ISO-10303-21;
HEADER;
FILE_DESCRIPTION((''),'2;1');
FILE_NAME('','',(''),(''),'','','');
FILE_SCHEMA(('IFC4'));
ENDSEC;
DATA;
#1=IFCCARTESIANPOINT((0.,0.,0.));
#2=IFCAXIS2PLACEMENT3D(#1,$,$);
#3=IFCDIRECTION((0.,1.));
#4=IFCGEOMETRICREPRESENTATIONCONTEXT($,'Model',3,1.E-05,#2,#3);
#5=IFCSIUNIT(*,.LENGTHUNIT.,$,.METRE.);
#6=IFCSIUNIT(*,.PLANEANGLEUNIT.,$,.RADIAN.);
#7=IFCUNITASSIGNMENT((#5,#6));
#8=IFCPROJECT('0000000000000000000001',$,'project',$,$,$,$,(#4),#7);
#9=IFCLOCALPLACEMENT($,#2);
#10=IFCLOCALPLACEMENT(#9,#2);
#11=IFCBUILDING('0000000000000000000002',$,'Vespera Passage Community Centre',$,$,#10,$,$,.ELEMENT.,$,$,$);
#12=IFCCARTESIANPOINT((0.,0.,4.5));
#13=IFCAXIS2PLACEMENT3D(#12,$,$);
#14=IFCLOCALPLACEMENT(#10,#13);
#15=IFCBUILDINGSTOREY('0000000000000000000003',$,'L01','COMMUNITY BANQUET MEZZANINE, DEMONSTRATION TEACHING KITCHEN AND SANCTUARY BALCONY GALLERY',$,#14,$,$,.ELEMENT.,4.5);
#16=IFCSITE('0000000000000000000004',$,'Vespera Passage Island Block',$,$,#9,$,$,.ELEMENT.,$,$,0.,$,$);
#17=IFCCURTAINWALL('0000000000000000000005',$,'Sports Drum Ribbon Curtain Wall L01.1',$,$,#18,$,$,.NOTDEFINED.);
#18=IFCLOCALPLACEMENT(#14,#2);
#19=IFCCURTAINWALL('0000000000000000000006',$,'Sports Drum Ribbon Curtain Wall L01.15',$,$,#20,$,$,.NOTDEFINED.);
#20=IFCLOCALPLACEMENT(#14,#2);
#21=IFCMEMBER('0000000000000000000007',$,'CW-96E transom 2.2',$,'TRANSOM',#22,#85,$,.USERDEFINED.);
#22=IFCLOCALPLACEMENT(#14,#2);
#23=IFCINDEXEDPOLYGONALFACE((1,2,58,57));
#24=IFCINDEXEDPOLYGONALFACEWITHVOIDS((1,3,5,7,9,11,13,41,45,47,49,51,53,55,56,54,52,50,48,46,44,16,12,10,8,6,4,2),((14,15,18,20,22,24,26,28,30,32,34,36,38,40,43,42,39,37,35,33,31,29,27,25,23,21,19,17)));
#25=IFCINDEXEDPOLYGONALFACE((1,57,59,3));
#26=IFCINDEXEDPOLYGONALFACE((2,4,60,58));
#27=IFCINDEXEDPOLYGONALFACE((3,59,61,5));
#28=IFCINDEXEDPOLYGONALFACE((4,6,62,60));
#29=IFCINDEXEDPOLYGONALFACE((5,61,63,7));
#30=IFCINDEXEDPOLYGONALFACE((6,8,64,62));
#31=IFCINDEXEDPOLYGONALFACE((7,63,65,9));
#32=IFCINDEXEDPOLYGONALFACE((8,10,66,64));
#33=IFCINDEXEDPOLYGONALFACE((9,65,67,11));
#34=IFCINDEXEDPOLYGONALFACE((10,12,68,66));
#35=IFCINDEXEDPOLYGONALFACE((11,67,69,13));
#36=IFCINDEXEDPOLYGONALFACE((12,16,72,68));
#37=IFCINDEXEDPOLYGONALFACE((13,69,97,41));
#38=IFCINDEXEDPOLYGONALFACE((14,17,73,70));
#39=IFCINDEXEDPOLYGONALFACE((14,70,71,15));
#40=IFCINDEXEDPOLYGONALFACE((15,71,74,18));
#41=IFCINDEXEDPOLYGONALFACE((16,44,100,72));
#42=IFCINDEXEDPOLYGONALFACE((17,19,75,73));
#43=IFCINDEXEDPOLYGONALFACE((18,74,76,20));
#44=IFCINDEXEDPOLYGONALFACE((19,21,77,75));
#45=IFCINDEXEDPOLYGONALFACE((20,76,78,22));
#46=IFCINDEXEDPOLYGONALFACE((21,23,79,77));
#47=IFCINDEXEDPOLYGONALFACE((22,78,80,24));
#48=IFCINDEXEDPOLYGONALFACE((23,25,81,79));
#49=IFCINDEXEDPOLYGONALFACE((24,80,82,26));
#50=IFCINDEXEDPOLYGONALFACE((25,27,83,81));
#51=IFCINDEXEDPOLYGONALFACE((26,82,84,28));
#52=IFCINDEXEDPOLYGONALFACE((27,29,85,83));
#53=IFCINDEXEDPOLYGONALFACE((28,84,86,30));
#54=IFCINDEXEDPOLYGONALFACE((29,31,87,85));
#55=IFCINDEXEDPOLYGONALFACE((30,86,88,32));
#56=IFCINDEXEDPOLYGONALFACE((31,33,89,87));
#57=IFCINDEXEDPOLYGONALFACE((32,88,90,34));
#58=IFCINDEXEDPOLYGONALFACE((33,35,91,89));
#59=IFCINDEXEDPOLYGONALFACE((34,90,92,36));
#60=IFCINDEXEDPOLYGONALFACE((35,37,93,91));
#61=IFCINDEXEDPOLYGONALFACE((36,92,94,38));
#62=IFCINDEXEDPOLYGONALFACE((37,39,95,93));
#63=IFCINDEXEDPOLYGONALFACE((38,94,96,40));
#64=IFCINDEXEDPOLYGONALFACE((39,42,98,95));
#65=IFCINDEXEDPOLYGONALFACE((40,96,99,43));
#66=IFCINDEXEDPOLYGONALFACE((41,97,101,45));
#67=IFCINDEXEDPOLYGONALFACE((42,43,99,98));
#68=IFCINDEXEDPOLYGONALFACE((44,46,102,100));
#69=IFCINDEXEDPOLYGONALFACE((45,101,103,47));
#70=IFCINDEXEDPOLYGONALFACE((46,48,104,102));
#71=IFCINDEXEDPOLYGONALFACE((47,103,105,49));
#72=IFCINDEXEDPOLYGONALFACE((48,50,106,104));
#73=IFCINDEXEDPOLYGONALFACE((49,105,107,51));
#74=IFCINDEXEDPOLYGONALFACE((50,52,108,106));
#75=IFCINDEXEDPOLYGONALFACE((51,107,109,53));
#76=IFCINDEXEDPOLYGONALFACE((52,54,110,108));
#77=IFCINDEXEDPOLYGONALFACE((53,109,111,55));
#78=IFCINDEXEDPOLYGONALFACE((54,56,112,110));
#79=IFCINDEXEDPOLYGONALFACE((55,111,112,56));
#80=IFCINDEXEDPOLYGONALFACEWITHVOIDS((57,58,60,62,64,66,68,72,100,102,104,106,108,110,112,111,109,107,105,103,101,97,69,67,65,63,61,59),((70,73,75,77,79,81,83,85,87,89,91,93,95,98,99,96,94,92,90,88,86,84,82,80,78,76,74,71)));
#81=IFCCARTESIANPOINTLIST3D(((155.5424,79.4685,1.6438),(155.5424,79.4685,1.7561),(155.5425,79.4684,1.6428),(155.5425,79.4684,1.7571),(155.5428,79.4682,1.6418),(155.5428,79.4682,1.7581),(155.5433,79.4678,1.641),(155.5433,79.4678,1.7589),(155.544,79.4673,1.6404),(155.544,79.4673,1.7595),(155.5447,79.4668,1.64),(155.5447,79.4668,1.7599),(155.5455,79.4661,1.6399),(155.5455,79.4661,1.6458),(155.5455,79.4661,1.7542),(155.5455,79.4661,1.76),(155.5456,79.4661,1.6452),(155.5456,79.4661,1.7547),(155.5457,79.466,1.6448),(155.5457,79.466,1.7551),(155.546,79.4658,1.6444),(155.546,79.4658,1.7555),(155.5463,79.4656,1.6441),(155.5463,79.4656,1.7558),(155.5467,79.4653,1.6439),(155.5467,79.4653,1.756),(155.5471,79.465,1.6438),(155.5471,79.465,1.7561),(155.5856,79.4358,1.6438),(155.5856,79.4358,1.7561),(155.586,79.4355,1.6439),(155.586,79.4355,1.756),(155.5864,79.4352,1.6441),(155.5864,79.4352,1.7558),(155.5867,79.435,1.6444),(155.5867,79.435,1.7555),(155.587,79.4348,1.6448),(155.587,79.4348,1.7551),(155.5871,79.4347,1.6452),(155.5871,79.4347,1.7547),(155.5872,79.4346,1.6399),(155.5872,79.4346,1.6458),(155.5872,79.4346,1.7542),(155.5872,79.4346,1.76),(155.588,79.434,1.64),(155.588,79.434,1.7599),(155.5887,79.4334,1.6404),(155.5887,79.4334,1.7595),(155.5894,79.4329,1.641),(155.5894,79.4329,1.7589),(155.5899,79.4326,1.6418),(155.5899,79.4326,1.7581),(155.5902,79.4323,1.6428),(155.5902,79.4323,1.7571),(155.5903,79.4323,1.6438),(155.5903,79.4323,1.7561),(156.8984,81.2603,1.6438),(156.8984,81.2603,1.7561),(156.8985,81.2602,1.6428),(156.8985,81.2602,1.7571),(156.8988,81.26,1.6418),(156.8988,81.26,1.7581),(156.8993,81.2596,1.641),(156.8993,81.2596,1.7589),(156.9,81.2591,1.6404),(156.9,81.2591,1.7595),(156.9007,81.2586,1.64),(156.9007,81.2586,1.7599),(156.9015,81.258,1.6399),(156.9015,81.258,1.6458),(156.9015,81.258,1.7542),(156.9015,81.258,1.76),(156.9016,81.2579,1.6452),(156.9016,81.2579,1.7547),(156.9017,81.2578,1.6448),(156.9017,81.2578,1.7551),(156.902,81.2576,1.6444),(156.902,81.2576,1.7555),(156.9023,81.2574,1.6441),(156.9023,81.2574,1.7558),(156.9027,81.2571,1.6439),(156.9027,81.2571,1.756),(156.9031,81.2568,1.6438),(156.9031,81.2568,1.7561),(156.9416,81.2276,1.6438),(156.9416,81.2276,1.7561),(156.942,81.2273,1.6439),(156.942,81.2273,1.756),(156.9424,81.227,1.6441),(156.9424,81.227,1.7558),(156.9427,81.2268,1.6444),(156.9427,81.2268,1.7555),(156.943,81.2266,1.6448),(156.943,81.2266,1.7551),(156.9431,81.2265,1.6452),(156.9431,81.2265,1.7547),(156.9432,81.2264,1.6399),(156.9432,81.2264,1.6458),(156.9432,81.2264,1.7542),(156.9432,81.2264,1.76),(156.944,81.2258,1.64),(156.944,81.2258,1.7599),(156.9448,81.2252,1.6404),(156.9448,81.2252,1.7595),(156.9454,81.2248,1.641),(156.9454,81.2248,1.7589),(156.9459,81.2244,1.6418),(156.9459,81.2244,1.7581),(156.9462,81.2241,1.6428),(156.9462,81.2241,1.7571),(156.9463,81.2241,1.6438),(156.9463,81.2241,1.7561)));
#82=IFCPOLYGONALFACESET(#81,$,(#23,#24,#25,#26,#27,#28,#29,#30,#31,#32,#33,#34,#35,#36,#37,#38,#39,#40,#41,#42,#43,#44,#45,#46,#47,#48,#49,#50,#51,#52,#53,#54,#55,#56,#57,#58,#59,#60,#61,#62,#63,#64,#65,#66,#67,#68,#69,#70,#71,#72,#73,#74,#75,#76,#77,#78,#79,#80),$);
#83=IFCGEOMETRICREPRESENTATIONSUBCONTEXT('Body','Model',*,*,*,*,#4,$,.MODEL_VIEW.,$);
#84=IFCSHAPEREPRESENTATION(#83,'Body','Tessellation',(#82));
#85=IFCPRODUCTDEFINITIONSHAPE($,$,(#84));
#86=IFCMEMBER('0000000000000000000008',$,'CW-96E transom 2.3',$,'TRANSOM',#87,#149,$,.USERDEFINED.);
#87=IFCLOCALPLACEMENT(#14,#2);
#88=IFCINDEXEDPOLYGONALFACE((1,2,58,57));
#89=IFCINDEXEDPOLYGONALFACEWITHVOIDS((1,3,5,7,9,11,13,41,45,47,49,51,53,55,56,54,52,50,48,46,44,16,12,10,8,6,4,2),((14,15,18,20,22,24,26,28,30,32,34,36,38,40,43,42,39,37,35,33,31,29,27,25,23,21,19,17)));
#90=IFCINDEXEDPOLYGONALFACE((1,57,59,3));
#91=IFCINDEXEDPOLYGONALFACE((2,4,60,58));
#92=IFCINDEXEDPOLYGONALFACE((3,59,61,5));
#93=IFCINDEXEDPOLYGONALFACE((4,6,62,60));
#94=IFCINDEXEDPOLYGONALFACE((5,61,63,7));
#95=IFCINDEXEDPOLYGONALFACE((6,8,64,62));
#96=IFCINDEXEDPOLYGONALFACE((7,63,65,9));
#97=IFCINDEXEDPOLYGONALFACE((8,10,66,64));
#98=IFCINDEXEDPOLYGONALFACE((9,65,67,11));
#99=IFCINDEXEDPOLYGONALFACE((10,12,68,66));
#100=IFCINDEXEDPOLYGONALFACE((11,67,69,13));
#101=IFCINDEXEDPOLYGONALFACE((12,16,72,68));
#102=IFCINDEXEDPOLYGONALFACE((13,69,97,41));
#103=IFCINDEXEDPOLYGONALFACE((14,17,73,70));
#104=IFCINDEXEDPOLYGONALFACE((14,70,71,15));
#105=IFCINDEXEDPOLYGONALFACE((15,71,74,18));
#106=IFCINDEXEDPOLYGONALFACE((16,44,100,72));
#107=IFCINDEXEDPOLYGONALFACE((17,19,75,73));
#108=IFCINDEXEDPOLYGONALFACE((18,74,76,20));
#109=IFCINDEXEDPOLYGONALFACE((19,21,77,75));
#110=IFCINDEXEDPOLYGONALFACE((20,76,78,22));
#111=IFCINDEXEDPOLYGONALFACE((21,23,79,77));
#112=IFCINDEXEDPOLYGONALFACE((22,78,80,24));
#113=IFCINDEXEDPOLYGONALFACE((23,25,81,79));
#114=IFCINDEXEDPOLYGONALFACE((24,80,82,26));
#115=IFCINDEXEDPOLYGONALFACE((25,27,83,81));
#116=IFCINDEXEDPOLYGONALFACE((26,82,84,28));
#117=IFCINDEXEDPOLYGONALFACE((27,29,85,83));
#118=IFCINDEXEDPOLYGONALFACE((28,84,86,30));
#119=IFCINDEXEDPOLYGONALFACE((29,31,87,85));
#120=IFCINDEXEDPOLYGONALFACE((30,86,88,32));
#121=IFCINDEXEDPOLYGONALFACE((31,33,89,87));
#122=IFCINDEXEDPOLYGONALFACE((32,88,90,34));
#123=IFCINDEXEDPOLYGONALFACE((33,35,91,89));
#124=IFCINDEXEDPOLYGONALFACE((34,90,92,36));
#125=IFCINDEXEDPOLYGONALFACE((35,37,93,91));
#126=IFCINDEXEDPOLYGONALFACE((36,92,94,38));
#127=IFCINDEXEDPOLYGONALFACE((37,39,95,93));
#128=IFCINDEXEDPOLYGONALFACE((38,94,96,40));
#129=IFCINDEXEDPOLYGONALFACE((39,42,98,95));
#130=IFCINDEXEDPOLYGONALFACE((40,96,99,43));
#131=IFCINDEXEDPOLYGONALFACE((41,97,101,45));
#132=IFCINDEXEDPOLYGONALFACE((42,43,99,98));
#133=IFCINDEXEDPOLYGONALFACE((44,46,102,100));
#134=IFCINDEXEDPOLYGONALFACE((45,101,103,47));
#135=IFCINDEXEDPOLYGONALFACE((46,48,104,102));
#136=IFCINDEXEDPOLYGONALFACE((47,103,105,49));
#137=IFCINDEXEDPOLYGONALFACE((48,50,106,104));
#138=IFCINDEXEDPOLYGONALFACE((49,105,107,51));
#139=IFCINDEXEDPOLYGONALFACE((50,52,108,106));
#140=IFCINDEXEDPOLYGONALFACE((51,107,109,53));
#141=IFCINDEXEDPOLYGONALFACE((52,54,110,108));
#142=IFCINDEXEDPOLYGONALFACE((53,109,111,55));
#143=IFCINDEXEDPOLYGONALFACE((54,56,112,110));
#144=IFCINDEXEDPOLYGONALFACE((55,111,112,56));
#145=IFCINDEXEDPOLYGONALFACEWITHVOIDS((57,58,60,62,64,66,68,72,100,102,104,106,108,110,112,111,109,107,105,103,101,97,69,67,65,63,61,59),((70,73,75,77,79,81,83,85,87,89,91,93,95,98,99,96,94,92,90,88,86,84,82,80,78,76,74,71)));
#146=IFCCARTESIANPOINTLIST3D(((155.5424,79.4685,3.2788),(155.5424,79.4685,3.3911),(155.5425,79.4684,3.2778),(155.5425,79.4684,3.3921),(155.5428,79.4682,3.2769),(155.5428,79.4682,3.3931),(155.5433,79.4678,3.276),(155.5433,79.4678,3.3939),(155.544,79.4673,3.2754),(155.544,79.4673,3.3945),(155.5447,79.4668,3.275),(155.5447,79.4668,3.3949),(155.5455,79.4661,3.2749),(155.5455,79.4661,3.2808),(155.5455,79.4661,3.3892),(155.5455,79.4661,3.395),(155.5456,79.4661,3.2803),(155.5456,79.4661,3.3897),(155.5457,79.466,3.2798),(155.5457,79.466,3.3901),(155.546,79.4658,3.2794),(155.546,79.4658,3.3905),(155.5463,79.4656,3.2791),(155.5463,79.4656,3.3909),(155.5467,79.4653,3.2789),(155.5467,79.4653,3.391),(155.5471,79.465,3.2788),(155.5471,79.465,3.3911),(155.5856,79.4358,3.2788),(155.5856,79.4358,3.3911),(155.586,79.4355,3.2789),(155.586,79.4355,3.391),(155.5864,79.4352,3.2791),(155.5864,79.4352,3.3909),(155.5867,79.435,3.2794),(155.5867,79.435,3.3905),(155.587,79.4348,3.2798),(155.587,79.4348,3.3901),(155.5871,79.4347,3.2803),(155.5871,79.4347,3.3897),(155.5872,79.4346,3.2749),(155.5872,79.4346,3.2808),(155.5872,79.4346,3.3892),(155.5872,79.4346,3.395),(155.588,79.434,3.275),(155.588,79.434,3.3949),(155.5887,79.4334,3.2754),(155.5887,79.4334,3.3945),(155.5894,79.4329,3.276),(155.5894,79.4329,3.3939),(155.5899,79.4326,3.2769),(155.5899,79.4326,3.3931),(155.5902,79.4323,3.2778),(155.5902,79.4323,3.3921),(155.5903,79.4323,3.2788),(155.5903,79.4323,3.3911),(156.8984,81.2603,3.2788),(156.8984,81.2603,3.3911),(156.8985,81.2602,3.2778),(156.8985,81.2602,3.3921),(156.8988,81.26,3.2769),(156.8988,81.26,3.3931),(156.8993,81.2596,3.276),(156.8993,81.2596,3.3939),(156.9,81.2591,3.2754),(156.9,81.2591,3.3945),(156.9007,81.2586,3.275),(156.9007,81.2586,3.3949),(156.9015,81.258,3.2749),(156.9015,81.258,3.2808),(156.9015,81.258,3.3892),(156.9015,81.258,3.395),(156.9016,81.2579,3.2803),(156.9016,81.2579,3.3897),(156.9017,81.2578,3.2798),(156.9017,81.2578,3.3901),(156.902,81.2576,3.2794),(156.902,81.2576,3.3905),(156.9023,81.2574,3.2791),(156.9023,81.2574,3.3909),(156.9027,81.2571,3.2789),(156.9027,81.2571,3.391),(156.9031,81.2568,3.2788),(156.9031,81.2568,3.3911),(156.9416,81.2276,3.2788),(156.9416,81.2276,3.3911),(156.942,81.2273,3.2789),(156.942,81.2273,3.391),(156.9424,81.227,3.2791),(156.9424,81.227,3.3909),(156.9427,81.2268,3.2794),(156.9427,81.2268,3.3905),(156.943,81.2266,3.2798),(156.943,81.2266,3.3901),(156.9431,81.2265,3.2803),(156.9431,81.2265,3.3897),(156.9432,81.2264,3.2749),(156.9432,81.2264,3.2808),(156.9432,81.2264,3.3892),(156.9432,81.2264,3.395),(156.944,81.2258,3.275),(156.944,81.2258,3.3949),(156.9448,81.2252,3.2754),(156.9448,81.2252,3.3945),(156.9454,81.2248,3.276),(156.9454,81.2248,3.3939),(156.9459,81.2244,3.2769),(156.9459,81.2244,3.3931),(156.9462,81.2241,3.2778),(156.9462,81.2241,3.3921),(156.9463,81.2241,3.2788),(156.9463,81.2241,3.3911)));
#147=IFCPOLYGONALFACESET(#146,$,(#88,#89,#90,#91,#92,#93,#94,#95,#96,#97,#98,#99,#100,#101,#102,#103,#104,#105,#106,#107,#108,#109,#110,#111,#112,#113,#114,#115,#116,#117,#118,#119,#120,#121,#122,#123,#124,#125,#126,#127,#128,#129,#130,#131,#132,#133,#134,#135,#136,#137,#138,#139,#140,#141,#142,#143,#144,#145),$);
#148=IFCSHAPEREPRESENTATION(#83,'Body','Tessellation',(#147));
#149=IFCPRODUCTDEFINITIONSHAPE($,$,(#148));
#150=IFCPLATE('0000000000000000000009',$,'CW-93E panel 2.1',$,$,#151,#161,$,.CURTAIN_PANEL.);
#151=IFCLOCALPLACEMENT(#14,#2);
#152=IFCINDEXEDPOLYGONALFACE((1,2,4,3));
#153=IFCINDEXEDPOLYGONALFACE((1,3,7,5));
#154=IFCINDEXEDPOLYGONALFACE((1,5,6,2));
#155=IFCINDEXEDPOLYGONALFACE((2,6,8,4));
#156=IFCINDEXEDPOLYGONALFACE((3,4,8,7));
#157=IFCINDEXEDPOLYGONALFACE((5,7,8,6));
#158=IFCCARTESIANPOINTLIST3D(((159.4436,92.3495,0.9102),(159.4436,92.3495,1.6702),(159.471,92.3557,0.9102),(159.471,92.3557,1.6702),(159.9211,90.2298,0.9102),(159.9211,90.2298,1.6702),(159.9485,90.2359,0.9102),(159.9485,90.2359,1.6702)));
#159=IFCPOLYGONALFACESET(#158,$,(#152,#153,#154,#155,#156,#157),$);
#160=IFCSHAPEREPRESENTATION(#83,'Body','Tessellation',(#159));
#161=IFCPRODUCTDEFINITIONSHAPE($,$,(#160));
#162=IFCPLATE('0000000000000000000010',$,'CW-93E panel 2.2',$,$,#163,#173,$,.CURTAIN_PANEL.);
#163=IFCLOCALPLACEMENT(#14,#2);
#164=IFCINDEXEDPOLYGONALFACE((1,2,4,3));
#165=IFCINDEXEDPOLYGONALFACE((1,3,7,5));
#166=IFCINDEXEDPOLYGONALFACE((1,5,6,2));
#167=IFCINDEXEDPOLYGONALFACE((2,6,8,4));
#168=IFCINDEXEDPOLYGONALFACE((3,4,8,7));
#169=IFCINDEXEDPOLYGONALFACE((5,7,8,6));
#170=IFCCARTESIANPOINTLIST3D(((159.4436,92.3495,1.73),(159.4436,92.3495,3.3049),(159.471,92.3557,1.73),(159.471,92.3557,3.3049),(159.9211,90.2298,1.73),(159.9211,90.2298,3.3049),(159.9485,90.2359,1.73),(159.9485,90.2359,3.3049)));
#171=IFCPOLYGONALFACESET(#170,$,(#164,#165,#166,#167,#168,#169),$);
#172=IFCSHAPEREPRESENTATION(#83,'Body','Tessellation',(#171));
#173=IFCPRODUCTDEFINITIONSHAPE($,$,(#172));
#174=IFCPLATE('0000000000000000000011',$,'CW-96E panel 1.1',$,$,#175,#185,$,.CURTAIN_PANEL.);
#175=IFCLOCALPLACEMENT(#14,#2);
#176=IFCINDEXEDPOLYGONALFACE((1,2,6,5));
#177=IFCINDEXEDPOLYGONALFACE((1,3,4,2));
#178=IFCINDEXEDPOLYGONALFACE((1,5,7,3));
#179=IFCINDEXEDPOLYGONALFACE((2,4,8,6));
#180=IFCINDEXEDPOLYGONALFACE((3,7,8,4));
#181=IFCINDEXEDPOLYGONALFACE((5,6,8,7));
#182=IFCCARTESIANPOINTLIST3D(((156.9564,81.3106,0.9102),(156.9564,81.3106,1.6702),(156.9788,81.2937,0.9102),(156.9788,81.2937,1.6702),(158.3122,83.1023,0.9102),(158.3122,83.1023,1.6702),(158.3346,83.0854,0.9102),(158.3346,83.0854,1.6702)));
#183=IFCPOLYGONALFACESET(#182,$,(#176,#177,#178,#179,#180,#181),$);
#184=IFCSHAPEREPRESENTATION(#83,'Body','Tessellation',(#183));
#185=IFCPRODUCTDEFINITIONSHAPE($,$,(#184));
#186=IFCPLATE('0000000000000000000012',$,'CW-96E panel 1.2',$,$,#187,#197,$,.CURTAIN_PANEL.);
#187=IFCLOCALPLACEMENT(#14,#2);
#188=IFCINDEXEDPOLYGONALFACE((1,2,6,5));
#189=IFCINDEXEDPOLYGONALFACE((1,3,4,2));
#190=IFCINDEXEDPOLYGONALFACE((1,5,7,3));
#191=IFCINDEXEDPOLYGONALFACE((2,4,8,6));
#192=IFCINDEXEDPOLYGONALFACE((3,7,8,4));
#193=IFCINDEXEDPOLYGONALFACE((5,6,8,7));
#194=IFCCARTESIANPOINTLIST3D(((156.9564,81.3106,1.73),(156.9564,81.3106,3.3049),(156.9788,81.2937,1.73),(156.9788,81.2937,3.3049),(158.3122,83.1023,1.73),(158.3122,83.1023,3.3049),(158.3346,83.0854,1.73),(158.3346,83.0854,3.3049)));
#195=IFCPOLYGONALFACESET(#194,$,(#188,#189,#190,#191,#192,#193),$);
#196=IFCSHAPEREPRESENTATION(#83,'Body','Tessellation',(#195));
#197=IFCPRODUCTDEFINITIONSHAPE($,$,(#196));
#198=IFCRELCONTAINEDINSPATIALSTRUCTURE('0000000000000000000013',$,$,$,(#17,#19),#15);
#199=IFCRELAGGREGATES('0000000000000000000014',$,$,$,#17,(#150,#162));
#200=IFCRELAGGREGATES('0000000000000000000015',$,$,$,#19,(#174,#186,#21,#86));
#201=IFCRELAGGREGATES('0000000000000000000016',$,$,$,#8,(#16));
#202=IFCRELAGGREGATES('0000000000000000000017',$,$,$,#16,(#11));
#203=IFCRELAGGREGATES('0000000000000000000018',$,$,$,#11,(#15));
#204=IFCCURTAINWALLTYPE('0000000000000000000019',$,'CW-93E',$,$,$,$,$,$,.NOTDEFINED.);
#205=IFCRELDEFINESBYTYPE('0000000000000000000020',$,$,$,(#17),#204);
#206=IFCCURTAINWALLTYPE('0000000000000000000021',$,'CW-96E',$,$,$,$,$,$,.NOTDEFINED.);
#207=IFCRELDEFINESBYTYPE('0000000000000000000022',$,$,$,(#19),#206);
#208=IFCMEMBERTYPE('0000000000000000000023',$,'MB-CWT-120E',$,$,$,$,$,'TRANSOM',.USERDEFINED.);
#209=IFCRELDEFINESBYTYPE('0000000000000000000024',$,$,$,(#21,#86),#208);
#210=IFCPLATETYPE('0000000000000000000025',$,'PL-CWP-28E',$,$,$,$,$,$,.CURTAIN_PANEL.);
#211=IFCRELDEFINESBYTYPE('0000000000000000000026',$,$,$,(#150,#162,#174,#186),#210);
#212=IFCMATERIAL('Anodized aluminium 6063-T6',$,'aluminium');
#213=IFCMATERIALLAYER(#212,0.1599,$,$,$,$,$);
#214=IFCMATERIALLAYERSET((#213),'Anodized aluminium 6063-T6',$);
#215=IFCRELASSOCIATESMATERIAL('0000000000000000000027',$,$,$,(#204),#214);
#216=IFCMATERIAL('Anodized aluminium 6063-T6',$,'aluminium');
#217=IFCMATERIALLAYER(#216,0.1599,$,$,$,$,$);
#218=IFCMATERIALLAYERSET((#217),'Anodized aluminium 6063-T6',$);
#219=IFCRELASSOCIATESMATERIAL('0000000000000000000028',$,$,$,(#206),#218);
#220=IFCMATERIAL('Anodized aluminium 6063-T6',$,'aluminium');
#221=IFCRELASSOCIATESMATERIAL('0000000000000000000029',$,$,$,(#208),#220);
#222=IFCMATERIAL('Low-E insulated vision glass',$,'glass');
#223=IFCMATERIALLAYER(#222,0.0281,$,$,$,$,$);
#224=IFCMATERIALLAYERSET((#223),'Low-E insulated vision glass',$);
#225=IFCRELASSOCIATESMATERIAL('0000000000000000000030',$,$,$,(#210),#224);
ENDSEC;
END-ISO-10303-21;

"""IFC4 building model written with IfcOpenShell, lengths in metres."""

from ifc_helpers import new_model, si_unit, direction, frame, origin, origin_2d, place, context, subcontext, project, spatial, rectangle, hollow_rectangle, extrude, material, layer, layer_set, material_profile, profile_set, type_object, element, aggregate, save


model = new_model("IFC4")

# Units and contexts
model_context = context("Model", 3, precision=1e-05, world=origin(), true_north=direction((0.0, 1.0)))
body_context = subcontext(model_context, "Body", "Model", "MODEL_VIEW")
ifc_project = project(units=[si_unit("LENGTHUNIT", "METRE"), si_unit("PLANEANGLEUNIT", "RADIAN")], contexts=[model_context])

# Site, building, storey
site_placement = place(None, origin())
site = spatial("IfcSite", under=ifc_project, at=site_placement, Name="Vespera Passage Island Block", CompositionType="ELEMENT", RefElevation=0.0)
building_placement = place(site_placement, origin())
building = spatial("IfcBuilding", under=site, at=building_placement, Name="Vespera Passage Community Centre", CompositionType="ELEMENT")
storey_placement = place(building_placement, frame((0.0, 0.0, 4.5)))
storey = spatial("IfcBuildingStorey", under=building, at=storey_placement, Name="L01", Description="COMMUNITY BANQUET MEZZANINE, DEMONSTRATION TEACHING KITCHEN AND SANCTUARY BALCONY GALLERY", CompositionType="ELEMENT", Elevation=4.5)

# Curtain wall
ifc_material_1 = material(Name="Anodized aluminium 6063-T6", Category="aluminium")
ifc_layer_1 = layer(ifc_material_1, 0.1599)
ifc_layer_set_1 = layer_set([ifc_layer_1], Name="Anodized aluminium 6063-T6")
curtain_wall_type_1 = type_object("IfcCurtainWallType", Name="CW-93E", PredefinedType="NOTDEFINED", material=ifc_layer_set_1)
curtain_wall_1_placement = place(storey_placement, origin())
curtain_wall_1 = element("IfcCurtainWall", 1, at=curtain_wall_1_placement, inside=storey, type_object=curtain_wall_type_1, Name="Sports Drum Ribbon Curtain Wall L01.1", PredefinedType="NOTDEFINED")

# Curtain wall
ifc_material_2 = material(Name="Anodized aluminium 6063-T6", Category="aluminium")
ifc_layer_2 = layer(ifc_material_2, 0.1599)
ifc_layer_set_2 = layer_set([ifc_layer_2], Name="Anodized aluminium 6063-T6")
curtain_wall_type_2 = type_object("IfcCurtainWallType", Name="CW-96E", PredefinedType="NOTDEFINED", material=ifc_layer_set_2)
curtain_wall_2_placement = place(storey_placement, origin())
curtain_wall_2 = element("IfcCurtainWall", 2, at=curtain_wall_2_placement, inside=storey, type_object=curtain_wall_type_2, Name="Sports Drum Ribbon Curtain Wall L01.15", PredefinedType="NOTDEFINED")

# Members
ifc_material_3 = material(Name="Anodized aluminium 6063-T6", Category="aluminium")
ifc_material_profile_1 = material_profile(ifc_material_3, hollow_rectangle(XDim=0.0601, YDim=0.1201, WallThickness=0.0039, InnerFilletRadius=0.002, OuterFilletRadius=0.0039, at=origin_2d()), Name="ALU120X60X4")
ifc_profile_set_1 = profile_set([ifc_material_profile_1], Name="Anodized aluminium 6063-T6")
member_type_1 = type_object("IfcMemberType", Name="MB-CWT-120E", ElementType="TRANSOM", PredefinedType="USERDEFINED", material=ifc_profile_set_1)
member_1_placement = place(storey_placement, frame((156.9224, 81.2422, 1.7), z_axis=(-0.603454, -0.797398, 0.0), x_axis=(0.797398, -0.603454, 0.0)))
member_1 = element("IfcMember", 3, at=member_1_placement, type_object=member_type_1, Name="CW-96E transom 2.2", ObjectType="TRANSOM", PredefinedType="USERDEFINED", context=body_context, shape_type="SweptSolid", body=[
    extrude(hollow_rectangle(XDim=0.0601, YDim=0.1201, WallThickness=0.0039, InnerFilletRadius=0.002, OuterFilletRadius=0.0039, at=origin_2d()), origin(), (0.0, 0.0, 1.0), 2.2471),
])
member_2_placement = place(storey_placement, frame((156.9224, 81.2422, 3.335), z_axis=(-0.603454, -0.797398, 0.0), x_axis=(0.797398, -0.603454, 0.0)))
member_2 = element("IfcMember", 4, at=member_2_placement, type_object=member_type_1, Name="CW-96E transom 2.3", ObjectType="TRANSOM", PredefinedType="USERDEFINED", context=body_context, shape_type="SweptSolid", body=[
    extrude(hollow_rectangle(XDim=0.0601, YDim=0.1201, WallThickness=0.0039, InnerFilletRadius=0.002, OuterFilletRadius=0.0039, at=origin_2d()), origin(), (0.0, 0.0, 1.0), 2.2471),
])

# Plates
ifc_material_4 = material(Name="Low-E insulated vision glass", Category="glass")
ifc_layer_3 = layer(ifc_material_4, 0.0281)
ifc_layer_set_3 = layer_set([ifc_layer_3], Name="Low-E insulated vision glass")
plate_type = type_object("IfcPlateType", Name="PL-CWP-28E", PredefinedType="CURTAIN_PANEL", material=ifc_layer_set_3)
plate_1_placement = place(storey_placement, frame((159.696, 91.2927, 0.9102), z_axis=(0.0, 0.0, 1.0), x_axis=(0.219763, -0.975553, 0.0)))
plate_1 = element("IfcPlate", 5, at=plate_1_placement, type_object=plate_type, Name="CW-93E panel 2.1", PredefinedType="CURTAIN_PANEL", context=body_context, shape_type="SweptSolid", body=[
    extrude(rectangle(XDim=2.1729, YDim=0.0281, at=origin_2d()), origin(), (0.0, 0.0, 1.0), 0.76),
])
plate_2_placement = place(storey_placement, frame((159.696, 91.2927, 1.73), z_axis=(0.0, 0.0, 1.0), x_axis=(0.219763, -0.975553, 0.0)))
plate_2 = element("IfcPlate", 6, at=plate_2_placement, type_object=plate_type, Name="CW-93E panel 2.2", PredefinedType="CURTAIN_PANEL", context=body_context, shape_type="SweptSolid", body=[
    extrude(rectangle(XDim=2.1729, YDim=0.0281, at=origin_2d()), origin(), (0.0, 0.0, 1.0), 1.575),
])
aggregate(curtain_wall_1, [plate_1, plate_2])
plate_3_placement = place(storey_placement, frame((157.6455, 82.198, 0.9102), z_axis=(0.0, 0.0, 1.0), x_axis=(-0.603406, -0.797434, 0.0)))
plate_3 = element("IfcPlate", 7, at=plate_3_placement, type_object=plate_type, Name="CW-96E panel 1.1", PredefinedType="CURTAIN_PANEL", context=body_context, shape_type="SweptSolid", body=[
    extrude(rectangle(XDim=2.2468, YDim=0.0281, at=origin_2d()), origin(), (0.0, 0.0, 1.0), 0.76),
])
plate_4_placement = place(storey_placement, frame((157.6455, 82.198, 1.73), z_axis=(0.0, 0.0, 1.0), x_axis=(-0.603406, -0.797434, 0.0)))
plate_4 = element("IfcPlate", 8, at=plate_4_placement, type_object=plate_type, Name="CW-96E panel 1.2", PredefinedType="CURTAIN_PANEL", context=body_context, shape_type="SweptSolid", body=[
    extrude(rectangle(XDim=2.2468, YDim=0.0281, at=origin_2d()), origin(), (0.0, 0.0, 1.0), 1.575),
])
aggregate(curtain_wall_2, [plate_3, plate_4, member_1, member_2])

save(model, "model.ifc")
